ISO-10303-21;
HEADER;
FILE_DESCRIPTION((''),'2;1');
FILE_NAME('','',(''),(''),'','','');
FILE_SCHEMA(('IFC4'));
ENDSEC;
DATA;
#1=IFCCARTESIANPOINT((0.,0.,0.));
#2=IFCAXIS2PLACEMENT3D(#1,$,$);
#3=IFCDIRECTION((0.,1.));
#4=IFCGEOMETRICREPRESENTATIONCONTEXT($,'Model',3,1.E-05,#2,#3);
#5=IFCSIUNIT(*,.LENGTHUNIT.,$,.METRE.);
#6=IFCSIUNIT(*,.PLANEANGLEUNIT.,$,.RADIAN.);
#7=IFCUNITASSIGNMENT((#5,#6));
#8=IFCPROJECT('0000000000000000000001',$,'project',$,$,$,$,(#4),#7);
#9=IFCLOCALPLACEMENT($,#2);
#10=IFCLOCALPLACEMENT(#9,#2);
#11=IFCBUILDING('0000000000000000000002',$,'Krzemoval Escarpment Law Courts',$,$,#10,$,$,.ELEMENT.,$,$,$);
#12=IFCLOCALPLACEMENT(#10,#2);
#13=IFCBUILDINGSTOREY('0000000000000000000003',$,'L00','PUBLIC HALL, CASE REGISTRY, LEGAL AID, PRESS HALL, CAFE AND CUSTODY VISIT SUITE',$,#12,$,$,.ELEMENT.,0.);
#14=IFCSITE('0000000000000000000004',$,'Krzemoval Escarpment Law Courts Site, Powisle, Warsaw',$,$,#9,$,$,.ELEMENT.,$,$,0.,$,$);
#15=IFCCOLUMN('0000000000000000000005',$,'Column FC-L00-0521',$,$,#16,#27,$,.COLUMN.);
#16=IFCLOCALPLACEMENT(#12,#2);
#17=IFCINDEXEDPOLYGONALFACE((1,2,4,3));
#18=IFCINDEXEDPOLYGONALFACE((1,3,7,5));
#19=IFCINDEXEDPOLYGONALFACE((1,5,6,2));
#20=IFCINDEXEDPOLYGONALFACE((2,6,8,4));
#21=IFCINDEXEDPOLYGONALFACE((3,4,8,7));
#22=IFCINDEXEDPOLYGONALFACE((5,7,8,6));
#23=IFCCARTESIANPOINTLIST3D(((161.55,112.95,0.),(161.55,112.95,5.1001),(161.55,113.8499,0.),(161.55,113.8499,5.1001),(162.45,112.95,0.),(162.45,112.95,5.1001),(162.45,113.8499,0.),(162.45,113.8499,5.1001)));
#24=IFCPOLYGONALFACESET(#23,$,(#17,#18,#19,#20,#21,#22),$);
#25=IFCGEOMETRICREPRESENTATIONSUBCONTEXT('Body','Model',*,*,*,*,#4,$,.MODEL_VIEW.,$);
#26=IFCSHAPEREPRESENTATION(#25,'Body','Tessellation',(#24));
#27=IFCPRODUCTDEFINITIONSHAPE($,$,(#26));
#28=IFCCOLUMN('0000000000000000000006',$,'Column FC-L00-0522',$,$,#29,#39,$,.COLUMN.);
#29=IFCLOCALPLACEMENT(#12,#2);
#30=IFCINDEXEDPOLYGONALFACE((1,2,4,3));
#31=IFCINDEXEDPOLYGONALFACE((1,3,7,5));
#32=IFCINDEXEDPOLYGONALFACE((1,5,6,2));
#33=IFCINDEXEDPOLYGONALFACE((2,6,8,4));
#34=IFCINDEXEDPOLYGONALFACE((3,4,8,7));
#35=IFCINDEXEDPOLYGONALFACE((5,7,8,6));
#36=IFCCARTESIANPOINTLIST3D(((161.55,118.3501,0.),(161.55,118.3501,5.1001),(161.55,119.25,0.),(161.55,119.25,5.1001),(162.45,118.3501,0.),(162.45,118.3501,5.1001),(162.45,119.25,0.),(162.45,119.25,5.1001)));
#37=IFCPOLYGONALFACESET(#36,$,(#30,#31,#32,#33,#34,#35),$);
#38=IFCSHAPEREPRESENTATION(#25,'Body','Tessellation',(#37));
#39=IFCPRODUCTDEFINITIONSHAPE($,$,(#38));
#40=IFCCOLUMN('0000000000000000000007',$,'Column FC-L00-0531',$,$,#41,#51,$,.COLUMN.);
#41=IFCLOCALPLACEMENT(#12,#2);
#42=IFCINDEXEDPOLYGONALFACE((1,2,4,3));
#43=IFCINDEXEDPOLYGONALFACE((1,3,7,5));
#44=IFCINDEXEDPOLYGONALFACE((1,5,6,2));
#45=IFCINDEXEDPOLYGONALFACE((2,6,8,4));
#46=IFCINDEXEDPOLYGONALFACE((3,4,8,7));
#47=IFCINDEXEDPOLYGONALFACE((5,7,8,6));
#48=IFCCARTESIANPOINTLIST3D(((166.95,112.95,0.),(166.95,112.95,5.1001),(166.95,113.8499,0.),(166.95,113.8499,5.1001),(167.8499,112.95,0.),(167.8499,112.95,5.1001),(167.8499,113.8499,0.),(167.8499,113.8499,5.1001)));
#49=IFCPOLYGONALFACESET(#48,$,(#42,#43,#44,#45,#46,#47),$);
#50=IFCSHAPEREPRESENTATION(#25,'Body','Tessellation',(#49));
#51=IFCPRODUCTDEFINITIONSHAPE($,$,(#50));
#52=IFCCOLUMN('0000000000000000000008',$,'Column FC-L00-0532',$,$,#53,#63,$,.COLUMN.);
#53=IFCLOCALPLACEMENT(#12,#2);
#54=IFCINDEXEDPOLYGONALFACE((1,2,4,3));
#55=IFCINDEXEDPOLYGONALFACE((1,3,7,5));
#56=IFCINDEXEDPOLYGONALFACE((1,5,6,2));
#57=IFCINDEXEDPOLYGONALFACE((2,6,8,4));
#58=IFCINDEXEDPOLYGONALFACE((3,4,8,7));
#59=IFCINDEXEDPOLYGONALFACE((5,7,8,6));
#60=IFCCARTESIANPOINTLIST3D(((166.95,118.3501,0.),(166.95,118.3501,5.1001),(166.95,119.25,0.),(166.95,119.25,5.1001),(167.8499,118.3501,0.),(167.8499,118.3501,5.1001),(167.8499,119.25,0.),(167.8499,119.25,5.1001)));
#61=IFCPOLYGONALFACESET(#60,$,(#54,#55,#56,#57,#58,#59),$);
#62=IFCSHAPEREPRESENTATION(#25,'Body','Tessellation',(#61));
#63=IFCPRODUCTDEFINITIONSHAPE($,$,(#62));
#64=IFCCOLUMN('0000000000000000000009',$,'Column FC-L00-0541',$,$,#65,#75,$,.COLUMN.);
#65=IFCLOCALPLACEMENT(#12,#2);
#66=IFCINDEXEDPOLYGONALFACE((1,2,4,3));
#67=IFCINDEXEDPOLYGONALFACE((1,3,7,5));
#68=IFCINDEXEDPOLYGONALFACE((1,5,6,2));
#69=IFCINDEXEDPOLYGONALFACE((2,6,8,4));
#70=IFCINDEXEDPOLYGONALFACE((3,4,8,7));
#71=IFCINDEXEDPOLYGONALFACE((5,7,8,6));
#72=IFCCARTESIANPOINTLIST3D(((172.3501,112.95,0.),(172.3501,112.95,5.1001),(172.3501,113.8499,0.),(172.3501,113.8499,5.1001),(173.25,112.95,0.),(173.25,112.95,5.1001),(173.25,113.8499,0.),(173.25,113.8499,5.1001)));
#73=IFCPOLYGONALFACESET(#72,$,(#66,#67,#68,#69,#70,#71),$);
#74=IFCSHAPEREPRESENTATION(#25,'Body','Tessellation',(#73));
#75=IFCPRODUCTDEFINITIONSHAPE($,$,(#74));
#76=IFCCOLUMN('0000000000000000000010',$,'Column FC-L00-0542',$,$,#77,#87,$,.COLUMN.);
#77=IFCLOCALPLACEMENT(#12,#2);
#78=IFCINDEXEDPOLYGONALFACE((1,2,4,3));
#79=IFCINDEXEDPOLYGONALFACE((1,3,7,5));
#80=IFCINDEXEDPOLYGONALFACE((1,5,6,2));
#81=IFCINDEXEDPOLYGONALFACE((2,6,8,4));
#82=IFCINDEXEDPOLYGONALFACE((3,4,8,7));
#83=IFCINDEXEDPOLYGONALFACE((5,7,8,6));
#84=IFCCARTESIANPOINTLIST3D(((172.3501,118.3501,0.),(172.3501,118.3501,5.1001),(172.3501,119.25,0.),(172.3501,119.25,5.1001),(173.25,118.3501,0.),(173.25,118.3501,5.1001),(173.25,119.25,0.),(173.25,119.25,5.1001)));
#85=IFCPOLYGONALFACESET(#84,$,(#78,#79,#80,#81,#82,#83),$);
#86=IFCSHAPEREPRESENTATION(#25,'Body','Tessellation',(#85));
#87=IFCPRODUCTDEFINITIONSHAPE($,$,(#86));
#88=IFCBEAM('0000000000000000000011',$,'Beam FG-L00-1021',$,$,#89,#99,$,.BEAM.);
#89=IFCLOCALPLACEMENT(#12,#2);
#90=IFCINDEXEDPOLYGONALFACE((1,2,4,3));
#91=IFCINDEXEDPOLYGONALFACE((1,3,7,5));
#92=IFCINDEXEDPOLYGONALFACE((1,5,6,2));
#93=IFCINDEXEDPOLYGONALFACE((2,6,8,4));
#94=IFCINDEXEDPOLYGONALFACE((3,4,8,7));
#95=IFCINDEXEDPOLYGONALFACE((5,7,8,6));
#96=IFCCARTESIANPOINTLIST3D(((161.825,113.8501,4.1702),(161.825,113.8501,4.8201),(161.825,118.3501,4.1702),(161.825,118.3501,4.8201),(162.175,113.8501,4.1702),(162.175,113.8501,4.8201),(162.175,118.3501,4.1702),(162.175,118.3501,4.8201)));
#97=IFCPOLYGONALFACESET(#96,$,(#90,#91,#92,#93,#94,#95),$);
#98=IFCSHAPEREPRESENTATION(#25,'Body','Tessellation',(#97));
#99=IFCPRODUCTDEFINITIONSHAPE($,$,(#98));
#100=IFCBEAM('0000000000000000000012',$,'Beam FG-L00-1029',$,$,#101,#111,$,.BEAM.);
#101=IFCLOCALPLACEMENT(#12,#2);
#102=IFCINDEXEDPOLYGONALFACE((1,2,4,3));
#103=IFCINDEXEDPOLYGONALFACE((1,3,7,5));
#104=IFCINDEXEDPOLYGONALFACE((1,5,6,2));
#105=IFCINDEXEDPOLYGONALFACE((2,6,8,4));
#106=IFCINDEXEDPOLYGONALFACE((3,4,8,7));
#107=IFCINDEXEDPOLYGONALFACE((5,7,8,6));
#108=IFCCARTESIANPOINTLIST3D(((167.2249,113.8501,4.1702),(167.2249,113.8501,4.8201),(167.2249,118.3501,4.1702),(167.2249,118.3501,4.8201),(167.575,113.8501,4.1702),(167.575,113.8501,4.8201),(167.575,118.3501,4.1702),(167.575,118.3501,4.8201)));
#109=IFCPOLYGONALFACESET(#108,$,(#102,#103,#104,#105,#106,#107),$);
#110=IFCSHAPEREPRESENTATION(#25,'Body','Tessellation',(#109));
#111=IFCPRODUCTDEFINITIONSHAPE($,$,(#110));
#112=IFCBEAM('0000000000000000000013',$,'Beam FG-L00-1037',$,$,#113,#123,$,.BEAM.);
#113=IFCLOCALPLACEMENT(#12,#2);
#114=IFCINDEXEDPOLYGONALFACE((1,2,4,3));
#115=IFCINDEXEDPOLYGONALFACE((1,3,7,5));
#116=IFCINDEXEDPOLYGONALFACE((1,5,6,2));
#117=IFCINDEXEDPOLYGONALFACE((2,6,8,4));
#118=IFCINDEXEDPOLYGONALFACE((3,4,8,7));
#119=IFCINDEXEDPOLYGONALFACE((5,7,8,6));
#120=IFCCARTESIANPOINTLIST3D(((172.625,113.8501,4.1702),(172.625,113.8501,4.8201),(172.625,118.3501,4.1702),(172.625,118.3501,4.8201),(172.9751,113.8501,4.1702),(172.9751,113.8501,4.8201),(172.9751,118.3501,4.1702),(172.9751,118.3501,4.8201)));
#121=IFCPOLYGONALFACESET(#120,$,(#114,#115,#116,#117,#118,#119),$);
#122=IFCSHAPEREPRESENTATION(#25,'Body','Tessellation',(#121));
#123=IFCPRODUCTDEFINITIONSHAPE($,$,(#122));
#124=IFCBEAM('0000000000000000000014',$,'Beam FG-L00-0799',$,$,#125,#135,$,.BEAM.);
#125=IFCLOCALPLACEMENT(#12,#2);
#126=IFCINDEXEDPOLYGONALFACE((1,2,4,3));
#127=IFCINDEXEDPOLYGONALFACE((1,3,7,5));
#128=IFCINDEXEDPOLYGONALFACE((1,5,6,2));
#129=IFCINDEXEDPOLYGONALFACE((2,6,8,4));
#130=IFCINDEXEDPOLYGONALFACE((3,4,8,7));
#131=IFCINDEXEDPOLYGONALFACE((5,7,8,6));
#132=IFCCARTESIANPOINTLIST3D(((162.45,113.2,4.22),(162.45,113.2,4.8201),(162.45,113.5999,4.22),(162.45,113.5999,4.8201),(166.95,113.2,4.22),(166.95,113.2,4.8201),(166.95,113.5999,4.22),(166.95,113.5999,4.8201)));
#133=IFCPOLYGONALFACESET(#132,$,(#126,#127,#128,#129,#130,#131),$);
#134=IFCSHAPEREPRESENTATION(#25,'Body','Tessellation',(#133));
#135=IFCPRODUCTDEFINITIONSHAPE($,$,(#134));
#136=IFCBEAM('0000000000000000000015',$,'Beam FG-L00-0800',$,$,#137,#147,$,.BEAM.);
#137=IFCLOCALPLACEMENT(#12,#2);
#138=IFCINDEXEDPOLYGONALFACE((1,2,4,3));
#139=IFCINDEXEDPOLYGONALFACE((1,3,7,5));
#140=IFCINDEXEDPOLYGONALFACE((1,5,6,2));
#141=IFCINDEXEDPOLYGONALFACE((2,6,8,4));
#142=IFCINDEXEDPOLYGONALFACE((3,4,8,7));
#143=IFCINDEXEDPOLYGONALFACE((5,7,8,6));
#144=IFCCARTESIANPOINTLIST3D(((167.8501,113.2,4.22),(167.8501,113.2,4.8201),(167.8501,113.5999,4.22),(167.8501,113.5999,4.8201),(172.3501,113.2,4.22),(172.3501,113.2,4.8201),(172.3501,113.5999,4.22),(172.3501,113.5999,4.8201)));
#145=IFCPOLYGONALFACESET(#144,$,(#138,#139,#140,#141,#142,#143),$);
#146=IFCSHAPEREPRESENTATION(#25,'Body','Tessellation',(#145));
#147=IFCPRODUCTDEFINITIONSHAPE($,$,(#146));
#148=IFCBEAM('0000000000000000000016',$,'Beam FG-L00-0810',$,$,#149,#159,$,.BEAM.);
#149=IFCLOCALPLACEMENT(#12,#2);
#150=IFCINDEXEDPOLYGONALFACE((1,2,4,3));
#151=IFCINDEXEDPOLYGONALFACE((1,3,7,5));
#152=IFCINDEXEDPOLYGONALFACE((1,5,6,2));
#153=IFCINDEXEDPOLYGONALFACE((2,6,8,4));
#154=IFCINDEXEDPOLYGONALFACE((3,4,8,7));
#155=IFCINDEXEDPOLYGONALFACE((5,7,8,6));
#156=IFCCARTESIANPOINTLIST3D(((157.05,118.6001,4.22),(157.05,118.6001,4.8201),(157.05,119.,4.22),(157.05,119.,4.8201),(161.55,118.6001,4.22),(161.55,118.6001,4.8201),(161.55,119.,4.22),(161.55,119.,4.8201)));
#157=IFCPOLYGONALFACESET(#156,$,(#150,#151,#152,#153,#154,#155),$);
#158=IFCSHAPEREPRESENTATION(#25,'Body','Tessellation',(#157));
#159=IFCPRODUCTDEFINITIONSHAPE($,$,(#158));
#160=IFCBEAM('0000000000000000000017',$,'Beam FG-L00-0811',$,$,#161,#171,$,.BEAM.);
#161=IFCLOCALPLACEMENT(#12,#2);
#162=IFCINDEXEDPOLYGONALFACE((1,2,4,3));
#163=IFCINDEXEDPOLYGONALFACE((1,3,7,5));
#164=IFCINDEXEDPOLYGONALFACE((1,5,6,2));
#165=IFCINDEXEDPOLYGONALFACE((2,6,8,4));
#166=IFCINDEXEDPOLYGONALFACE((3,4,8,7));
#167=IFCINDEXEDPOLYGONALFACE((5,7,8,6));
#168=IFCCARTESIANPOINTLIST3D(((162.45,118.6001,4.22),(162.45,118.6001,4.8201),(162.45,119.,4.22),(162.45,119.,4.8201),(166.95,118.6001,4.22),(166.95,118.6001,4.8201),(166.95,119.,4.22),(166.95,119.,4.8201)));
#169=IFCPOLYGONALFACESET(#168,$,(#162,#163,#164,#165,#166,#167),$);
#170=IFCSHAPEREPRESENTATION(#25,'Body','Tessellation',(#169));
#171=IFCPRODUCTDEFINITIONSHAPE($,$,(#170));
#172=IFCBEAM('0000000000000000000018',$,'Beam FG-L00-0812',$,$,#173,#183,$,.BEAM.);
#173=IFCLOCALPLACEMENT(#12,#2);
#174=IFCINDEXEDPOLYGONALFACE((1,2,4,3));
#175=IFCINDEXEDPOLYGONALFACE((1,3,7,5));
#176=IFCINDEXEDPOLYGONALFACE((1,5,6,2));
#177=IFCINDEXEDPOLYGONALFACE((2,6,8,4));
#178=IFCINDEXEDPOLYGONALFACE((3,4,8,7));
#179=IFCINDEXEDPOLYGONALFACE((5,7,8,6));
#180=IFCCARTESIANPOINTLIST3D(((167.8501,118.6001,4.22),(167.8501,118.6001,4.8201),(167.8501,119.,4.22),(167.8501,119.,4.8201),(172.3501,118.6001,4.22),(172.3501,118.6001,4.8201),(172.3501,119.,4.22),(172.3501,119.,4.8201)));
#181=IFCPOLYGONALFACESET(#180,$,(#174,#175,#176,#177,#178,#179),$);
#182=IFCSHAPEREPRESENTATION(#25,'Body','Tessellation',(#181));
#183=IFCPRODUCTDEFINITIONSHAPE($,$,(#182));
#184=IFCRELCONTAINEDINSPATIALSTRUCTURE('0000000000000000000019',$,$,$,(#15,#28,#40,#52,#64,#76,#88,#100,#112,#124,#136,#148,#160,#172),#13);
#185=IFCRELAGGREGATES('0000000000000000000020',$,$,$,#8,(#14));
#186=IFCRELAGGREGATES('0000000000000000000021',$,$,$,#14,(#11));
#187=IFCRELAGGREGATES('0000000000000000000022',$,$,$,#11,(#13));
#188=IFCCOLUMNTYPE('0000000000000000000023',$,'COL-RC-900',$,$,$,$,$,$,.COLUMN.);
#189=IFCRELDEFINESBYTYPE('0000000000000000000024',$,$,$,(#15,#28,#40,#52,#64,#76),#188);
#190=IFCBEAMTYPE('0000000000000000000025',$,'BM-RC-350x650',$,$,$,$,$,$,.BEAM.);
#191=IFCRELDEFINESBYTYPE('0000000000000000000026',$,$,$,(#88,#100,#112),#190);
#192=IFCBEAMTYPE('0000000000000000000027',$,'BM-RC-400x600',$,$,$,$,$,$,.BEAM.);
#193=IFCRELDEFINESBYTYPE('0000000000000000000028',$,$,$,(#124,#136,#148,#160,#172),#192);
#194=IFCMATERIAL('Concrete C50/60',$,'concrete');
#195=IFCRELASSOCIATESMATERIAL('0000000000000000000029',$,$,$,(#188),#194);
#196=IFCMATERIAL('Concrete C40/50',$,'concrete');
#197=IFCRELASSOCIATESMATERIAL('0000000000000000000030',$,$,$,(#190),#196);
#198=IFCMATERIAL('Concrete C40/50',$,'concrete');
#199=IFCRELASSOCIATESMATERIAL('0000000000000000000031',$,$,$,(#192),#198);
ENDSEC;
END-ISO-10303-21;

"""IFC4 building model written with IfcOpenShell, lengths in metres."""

from ifc_helpers import new_model, si_unit, direction, frame, origin, origin_2d, place, context, subcontext, project, spatial, rectangle, extrude, material, material_profile, profile_set, type_object, element, save


model = new_model("IFC4")

# Units and contexts
model_context = context("Model", 3, precision=1e-05, world=origin(), true_north=direction((0.0, 1.0)))
body_context = subcontext(model_context, "Body", "Model", "MODEL_VIEW")
ifc_project = project(units=[si_unit("LENGTHUNIT", "METRE"), si_unit("PLANEANGLEUNIT", "RADIAN")], contexts=[model_context])

# Site, building, storey
site_placement = place(None, origin())
site = spatial("IfcSite", under=ifc_project, at=site_placement, Name="Krzemoval Escarpment Law Courts Site, Powisle, Warsaw", CompositionType="ELEMENT", RefElevation=0.0)
building_placement = place(site_placement, origin())
building = spatial("IfcBuilding", under=site, at=building_placement, Name="Krzemoval Escarpment Law Courts", CompositionType="ELEMENT")
storey_placement = place(building_placement, origin())
storey = spatial("IfcBuildingStorey", under=building, at=storey_placement, Name="L00", Description="PUBLIC HALL, CASE REGISTRY, LEGAL AID, PRESS HALL, CAFE AND CUSTODY VISIT SUITE", CompositionType="ELEMENT", Elevation=0.0)

# Columns
ifc_material_1 = material(Name="Concrete C50/60", Category="concrete")
ifc_material_profile_1 = material_profile(ifc_material_1, rectangle(XDim=0.8999, YDim=0.8999, at=origin_2d()), Name="RC 900x900")
ifc_profile_set_1 = profile_set([ifc_material_profile_1], Name="Concrete C50/60")
column_type = type_object("IfcColumnType", Name="COL-RC-900", PredefinedType="COLUMN", material=ifc_profile_set_1)
for number, where, z_axis, x_axis, name in (
    (1, (162.0, 113.3999, 0.0), (0.0, 0.0, 1.0), (1.0, 0.0, 0.0), "Column FC-L00-0521"),
    (2, (162.0, 118.8, 0.0), (0.0, 0.0, 1.0), (1.0, 0.0, 0.0), "Column FC-L00-0522"),
    (3, (167.3999, 113.3999, 0.0), (0.0, 0.0, 1.0), (1.0, 0.0, 0.0), "Column FC-L00-0531"),
    (4, (167.3999, 118.8, 0.0), (0.0, 0.0, 1.0), (1.0, 0.0, 0.0), "Column FC-L00-0532"),
    (5, (172.8, 113.3999, 0.0), (0.0, 0.0, 1.0), (1.0, 0.0, 0.0), "Column FC-L00-0541"),
    (6, (172.8, 118.8, 0.0), (0.0, 0.0, 1.0), (1.0, 0.0, 0.0), "Column FC-L00-0542"),
):
    element("IfcColumn", number, at=place(storey_placement, frame(where, z_axis=z_axis, x_axis=x_axis)), inside=storey, type_object=column_type, Name=name, PredefinedType="COLUMN", context=body_context, shape_type="SweptSolid", body=[
        extrude(rectangle(XDim=0.8999, YDim=0.8999, at=origin_2d()), origin(), (0.0, 0.0, 1.0), 5.1001),
    ])

# Beams
ifc_material_2 = material(Name="Concrete C40/50", Category="concrete")
ifc_material_profile_2 = material_profile(ifc_material_2, rectangle(XDim=0.3501, YDim=0.6499, at=origin_2d()), Name="RCB 350x650")
ifc_profile_set_2 = profile_set([ifc_material_profile_2], Name="Concrete C40/50")
beam_type_1 = type_object("IfcBeamType", Name="BM-RC-350x650", PredefinedType="BEAM", material=ifc_profile_set_2)
for number, where, z_axis, x_axis, name in (
    (7, (162.0, 113.8501, 4.4951), (0.0, 1.0, 0.0), (-1.0, 0.0, 0.0), "Beam FG-L00-1021"),
    (8, (167.3999, 113.8501, 4.4951), (0.0, 1.0, 0.0), (-1.0, 0.0, 0.0), "Beam FG-L00-1029"),
    (9, (172.8, 113.8501, 4.4951), (0.0, 1.0, 0.0), (-1.0, 0.0, 0.0), "Beam FG-L00-1037"),
):
    element("IfcBeam", number, at=place(storey_placement, frame(where, z_axis=z_axis, x_axis=x_axis)), inside=storey, type_object=beam_type_1, Name=name, PredefinedType="BEAM", context=body_context, shape_type="SweptSolid", body=[
        extrude(rectangle(XDim=0.3501, YDim=0.6499, at=origin_2d()), origin(), (0.0, 0.0, 1.0), 4.5),
    ])
ifc_material_3 = material(Name="Concrete C40/50", Category="concrete")
ifc_material_profile_3 = material_profile(ifc_material_3, rectangle(XDim=0.3999, YDim=0.6001, at=origin_2d()), Name="RCB 400x600")
ifc_profile_set_3 = profile_set([ifc_material_profile_3], Name="Concrete C40/50")
beam_type_2 = type_object("IfcBeamType", Name="BM-RC-400x600", PredefinedType="BEAM", material=ifc_profile_set_3)
for number, where, z_axis, x_axis, name in (
    (10, (162.45, 113.3999, 4.52), (1.0, 0.0, 0.0), (0.0, 1.0, 0.0), "Beam FG-L00-0799"),
    (11, (167.8501, 113.3999, 4.52), (1.0, 0.0, 0.0), (0.0, 1.0, 0.0), "Beam FG-L00-0800"),
    (12, (157.05, 118.8, 4.52), (1.0, 0.0, 0.0), (0.0, 1.0, 0.0), "Beam FG-L00-0810"),
    (13, (162.45, 118.8, 4.52), (1.0, 0.0, 0.0), (0.0, 1.0, 0.0), "Beam FG-L00-0811"),
    (14, (167.8501, 118.8, 4.52), (1.0, 0.0, 0.0), (0.0, 1.0, 0.0), "Beam FG-L00-0812"),
):
    element("IfcBeam", number, at=place(storey_placement, frame(where, z_axis=z_axis, x_axis=x_axis)), inside=storey, type_object=beam_type_2, Name=name, PredefinedType="BEAM", context=body_context, shape_type="SweptSolid", body=[
        extrude(rectangle(XDim=0.3999, YDim=0.6001, at=origin_2d()), origin(), (0.0, 0.0, 1.0), 4.5),
    ])

save(model, "model.ifc")
